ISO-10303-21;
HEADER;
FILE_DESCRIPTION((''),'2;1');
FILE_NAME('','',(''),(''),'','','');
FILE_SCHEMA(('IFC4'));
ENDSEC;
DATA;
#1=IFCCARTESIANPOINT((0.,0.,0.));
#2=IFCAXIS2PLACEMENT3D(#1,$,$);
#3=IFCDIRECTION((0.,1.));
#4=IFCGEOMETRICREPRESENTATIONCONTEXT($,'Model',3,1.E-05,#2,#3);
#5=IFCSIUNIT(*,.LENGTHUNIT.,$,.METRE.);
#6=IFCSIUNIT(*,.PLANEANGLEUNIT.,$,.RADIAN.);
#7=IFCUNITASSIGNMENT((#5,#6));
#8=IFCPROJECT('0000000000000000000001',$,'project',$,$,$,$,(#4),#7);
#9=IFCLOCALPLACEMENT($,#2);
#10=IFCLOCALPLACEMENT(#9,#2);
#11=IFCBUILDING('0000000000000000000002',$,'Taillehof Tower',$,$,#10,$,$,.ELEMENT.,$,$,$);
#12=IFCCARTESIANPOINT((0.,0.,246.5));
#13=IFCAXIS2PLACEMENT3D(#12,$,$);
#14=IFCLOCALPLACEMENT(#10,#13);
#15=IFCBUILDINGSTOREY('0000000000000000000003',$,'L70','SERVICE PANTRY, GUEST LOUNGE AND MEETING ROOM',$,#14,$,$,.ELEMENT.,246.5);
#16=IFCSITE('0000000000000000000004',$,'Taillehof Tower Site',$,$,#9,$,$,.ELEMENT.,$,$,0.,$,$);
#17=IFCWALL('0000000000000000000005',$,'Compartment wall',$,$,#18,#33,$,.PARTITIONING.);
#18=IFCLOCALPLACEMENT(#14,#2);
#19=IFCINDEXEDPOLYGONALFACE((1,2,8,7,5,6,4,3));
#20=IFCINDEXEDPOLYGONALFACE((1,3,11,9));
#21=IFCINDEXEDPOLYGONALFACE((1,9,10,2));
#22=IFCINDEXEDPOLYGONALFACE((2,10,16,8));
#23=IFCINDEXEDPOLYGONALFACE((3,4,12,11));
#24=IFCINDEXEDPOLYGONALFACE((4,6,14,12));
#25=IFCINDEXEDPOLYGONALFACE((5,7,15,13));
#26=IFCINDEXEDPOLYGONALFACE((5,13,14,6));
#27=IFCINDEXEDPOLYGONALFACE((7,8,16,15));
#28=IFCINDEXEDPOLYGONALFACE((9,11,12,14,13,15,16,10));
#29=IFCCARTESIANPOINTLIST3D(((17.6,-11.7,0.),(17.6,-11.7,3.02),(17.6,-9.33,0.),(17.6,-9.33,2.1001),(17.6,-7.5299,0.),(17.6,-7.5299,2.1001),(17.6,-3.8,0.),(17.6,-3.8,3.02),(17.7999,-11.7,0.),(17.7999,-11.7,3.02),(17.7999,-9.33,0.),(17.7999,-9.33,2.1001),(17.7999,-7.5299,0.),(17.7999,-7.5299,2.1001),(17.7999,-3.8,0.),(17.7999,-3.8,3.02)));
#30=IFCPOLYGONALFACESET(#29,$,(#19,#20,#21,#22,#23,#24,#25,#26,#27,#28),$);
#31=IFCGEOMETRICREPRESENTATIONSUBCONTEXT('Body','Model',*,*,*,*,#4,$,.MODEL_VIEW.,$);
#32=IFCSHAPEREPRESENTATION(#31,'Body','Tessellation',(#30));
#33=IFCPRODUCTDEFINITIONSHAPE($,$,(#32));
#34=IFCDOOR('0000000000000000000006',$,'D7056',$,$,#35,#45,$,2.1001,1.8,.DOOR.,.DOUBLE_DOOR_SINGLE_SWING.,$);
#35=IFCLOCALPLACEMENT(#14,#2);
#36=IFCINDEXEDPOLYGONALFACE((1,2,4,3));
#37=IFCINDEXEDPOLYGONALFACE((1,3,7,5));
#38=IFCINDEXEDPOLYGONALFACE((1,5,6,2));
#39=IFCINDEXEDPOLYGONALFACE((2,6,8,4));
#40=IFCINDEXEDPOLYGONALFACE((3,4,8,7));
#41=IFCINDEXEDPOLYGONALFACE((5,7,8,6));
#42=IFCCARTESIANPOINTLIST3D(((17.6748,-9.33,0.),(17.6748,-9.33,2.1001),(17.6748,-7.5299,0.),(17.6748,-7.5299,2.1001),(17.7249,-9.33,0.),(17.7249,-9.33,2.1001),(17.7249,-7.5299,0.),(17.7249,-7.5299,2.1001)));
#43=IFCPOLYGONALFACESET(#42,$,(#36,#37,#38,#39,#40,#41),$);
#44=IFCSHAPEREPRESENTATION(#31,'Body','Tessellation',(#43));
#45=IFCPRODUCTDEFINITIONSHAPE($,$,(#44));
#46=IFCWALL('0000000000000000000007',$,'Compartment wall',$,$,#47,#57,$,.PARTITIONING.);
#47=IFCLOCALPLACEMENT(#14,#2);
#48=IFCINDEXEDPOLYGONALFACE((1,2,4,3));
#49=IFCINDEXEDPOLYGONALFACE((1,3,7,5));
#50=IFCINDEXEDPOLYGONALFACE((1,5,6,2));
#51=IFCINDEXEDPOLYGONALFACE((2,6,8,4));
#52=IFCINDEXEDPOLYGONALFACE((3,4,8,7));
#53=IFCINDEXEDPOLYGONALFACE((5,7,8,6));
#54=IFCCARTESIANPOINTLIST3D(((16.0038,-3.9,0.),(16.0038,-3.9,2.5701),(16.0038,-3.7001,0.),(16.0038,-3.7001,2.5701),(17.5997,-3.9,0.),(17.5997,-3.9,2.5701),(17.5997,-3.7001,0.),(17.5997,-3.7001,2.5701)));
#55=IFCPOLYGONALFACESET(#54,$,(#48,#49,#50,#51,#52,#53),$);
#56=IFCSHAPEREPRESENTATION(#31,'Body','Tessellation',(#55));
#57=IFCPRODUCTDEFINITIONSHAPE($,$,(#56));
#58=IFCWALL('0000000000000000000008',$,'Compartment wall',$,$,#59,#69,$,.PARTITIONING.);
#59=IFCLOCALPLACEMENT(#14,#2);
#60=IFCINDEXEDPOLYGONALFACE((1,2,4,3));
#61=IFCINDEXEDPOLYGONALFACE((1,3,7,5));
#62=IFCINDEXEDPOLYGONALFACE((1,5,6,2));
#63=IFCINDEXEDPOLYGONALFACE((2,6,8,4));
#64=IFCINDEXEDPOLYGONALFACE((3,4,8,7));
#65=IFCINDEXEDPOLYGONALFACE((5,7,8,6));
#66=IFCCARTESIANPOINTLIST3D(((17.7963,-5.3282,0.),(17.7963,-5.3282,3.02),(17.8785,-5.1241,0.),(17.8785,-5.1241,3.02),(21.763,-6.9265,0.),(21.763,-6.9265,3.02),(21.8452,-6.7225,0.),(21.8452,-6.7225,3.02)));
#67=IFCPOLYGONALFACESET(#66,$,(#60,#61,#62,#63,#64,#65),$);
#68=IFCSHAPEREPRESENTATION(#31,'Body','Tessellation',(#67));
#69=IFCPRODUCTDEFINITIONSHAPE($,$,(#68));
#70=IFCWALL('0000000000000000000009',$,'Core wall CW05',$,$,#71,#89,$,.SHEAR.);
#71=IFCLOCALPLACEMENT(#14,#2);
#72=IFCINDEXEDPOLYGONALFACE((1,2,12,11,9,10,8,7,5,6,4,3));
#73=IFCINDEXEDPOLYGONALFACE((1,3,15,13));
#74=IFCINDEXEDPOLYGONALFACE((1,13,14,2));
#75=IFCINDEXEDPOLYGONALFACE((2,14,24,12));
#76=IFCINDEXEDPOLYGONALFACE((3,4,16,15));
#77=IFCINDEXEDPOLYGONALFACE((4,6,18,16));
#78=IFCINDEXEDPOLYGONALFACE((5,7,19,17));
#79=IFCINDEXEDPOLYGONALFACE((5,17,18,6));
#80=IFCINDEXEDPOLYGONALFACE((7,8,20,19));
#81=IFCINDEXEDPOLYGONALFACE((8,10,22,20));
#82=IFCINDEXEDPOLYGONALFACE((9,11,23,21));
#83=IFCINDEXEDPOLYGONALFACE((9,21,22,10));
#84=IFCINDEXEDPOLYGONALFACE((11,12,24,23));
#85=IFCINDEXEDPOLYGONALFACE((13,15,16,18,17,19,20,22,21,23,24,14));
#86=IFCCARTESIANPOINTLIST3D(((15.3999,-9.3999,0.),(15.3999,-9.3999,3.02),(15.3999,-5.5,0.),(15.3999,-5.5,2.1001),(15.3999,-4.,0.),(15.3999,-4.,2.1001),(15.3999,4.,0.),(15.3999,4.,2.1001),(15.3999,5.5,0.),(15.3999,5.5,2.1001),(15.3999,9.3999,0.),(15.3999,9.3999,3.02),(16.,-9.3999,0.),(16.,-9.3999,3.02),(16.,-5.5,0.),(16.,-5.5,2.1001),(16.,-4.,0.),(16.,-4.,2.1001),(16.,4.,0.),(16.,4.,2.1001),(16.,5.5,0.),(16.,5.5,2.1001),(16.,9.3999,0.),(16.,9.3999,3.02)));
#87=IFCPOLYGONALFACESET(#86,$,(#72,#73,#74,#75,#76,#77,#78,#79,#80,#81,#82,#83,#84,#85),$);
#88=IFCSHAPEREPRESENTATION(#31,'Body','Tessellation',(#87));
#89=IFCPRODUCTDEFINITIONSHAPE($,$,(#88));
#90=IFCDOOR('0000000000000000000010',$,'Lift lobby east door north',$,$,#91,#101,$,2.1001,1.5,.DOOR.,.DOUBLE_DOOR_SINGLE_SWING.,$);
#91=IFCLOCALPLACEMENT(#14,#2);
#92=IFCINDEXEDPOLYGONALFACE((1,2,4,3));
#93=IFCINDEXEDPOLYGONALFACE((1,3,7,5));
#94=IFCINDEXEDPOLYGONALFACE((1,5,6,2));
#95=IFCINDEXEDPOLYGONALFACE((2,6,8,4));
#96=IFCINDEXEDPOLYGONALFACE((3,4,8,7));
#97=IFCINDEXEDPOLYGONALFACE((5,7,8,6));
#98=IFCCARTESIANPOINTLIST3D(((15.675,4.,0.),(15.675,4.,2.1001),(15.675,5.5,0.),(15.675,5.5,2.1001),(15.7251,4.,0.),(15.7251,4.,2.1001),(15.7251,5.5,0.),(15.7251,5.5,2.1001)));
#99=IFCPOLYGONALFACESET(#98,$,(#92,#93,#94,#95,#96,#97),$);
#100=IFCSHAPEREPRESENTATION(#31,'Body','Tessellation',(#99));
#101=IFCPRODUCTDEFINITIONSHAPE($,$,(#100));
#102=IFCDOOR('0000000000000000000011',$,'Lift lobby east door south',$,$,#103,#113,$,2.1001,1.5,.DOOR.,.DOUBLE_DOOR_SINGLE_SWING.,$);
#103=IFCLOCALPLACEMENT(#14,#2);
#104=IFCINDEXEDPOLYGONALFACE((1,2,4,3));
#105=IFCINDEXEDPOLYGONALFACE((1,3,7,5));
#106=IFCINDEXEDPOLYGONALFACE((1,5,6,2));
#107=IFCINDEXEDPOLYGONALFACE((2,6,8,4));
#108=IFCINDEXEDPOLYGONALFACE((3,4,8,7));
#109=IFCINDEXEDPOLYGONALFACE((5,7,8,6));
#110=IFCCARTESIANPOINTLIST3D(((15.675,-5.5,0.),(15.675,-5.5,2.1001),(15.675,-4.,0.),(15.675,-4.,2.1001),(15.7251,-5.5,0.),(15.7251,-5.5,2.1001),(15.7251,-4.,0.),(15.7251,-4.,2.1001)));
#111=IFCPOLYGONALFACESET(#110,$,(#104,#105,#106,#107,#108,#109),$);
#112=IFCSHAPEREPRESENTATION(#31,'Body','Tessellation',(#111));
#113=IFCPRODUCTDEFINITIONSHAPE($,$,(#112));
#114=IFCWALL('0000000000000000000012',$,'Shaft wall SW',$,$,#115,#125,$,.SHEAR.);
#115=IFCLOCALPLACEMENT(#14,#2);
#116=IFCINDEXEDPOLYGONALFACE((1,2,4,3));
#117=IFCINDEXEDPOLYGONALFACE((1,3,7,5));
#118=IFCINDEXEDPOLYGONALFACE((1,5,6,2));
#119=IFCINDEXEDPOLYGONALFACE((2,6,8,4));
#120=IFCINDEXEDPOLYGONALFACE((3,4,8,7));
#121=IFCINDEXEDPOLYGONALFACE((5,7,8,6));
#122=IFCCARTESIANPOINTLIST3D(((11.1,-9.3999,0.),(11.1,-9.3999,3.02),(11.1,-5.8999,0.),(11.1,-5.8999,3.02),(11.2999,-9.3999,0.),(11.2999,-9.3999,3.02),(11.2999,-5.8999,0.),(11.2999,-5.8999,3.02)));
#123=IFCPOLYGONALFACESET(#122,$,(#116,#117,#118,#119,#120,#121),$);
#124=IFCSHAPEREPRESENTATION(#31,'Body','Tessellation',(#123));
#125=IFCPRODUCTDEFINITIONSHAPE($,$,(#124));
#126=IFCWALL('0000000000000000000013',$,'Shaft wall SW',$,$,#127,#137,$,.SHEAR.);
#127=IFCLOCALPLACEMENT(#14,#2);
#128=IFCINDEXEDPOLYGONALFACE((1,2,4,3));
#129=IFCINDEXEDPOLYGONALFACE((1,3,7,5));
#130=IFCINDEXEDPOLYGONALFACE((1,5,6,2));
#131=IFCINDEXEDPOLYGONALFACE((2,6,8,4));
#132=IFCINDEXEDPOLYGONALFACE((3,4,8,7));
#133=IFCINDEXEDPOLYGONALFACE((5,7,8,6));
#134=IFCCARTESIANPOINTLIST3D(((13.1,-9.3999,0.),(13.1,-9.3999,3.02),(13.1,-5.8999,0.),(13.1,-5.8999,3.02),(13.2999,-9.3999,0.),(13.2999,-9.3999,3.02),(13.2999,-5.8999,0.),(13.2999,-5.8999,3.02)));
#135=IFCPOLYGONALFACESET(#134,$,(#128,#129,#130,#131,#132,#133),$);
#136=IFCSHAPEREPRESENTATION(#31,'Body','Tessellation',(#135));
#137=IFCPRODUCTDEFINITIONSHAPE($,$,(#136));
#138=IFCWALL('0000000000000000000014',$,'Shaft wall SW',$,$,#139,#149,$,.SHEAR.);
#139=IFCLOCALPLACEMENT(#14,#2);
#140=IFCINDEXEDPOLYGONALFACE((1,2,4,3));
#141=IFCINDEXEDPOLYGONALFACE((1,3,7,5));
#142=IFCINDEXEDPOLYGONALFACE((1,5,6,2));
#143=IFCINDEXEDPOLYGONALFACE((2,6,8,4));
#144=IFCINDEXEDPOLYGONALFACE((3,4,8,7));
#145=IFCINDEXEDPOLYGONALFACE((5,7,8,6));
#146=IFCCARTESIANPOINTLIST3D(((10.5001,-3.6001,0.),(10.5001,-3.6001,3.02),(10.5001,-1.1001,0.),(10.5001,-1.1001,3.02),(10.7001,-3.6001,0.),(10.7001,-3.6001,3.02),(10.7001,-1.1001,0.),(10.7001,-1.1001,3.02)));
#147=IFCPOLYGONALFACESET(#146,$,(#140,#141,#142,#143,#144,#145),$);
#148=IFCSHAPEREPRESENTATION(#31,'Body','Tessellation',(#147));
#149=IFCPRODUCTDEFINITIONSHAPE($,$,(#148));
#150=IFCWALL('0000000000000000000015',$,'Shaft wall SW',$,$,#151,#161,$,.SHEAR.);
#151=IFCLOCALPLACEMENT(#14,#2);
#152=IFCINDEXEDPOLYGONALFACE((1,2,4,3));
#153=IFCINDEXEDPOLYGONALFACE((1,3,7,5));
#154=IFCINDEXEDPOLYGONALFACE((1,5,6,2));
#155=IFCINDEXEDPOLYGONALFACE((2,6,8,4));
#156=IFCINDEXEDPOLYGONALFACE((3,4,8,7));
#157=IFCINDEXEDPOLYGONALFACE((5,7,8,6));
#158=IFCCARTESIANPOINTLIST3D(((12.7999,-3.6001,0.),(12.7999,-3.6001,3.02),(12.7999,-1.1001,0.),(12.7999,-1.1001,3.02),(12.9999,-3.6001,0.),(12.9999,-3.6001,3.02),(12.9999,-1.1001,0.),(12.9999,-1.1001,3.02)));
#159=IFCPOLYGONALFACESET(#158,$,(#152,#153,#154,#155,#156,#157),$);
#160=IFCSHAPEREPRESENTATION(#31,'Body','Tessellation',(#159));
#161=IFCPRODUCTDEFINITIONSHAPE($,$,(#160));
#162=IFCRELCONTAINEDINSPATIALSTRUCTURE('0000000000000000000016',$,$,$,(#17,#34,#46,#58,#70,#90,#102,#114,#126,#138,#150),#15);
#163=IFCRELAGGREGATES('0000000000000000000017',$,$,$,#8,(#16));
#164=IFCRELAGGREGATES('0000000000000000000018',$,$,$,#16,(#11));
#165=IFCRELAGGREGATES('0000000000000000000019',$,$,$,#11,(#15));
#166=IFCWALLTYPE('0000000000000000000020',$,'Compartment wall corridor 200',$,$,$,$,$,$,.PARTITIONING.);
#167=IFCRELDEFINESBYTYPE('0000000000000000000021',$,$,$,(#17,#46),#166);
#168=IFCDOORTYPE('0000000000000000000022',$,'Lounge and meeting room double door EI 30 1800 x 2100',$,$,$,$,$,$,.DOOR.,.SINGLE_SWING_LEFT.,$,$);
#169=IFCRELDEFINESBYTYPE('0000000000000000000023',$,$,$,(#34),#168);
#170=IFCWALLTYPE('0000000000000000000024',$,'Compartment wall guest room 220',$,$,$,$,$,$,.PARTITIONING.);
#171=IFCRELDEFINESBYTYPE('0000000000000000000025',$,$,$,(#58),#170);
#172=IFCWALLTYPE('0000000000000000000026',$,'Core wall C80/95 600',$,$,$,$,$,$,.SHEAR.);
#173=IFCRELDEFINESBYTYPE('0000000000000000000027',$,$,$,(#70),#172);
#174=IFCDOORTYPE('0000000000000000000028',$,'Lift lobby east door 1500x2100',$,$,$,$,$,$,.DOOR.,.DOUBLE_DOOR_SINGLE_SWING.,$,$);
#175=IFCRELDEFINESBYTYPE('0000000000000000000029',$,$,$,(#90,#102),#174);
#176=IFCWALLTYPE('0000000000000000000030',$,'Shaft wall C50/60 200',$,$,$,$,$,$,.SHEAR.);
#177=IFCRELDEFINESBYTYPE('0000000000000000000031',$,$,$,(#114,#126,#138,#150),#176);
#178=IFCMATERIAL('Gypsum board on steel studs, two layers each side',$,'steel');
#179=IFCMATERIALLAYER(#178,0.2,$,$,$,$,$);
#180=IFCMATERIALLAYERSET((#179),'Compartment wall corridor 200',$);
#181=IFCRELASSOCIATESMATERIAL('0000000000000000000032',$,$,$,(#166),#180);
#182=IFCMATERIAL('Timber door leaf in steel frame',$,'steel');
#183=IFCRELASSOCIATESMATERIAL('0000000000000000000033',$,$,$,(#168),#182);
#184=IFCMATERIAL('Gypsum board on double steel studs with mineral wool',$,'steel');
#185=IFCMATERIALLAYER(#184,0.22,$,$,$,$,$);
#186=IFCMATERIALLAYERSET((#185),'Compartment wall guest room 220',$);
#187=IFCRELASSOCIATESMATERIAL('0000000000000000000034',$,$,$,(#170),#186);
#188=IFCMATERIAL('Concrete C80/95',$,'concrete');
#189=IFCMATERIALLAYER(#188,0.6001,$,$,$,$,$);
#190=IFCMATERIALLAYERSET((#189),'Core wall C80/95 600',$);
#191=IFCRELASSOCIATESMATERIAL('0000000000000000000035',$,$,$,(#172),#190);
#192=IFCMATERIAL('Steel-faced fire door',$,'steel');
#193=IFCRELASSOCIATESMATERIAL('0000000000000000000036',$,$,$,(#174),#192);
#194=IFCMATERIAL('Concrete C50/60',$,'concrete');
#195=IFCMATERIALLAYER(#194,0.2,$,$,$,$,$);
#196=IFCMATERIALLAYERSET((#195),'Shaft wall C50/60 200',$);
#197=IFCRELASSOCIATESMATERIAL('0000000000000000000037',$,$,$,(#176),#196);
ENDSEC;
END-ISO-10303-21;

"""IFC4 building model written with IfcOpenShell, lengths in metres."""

from ifc_helpers import new_model, si_unit, direction, frame, frame_2d, origin, place, context, subcontext, project, spatial, rectangle, extrude, material, layer, layer_set, type_object, element, fill, save


model = new_model("IFC4")

# Units and contexts
model_context = context("Model", 3, precision=1e-05, world=origin(), true_north=direction((0.0, 1.0)))
body_context = subcontext(model_context, "Body", "Model", "MODEL_VIEW")
ifc_project = project(units=[si_unit("LENGTHUNIT", "METRE"), si_unit("PLANEANGLEUNIT", "RADIAN")], contexts=[model_context])

# Site, building, storey
site_placement = place(None, origin())
site = spatial("IfcSite", under=ifc_project, at=site_placement, Name="Taillehof Tower Site", CompositionType="ELEMENT", RefElevation=0.0)
building_placement = place(site_placement, origin())
building = spatial("IfcBuilding", under=site, at=building_placement, Name="Taillehof Tower", CompositionType="ELEMENT")
storey_placement = place(building_placement, frame((0.0, 0.0, 246.5)))
storey = spatial("IfcBuildingStorey", under=building, at=storey_placement, Name="L70", Description="SERVICE PANTRY, GUEST LOUNGE AND MEETING ROOM", CompositionType="ELEMENT", Elevation=246.5)

# Wall, opening, door
ifc_material_1 = material(Name="Gypsum board on steel studs, two layers each side", Category="steel")
ifc_layer_1 = layer(ifc_material_1, 0.2)
ifc_layer_set_1 = layer_set([ifc_layer_1], Name="Compartment wall corridor 200")
wall_type_1 = type_object("IfcWallType", Name="Compartment wall corridor 200", PredefinedType="PARTITIONING", material=ifc_layer_set_1)
wall_1_placement = place(storey_placement, frame((17.7, -3.8, 0.0), z_axis=(0.0, 0.0, 1.0), x_axis=(0.0, -1.0, 0.0)))
wall_1 = element("IfcWall", 1, at=wall_1_placement, inside=storey, type_object=wall_type_1, Name="Compartment wall", PredefinedType="PARTITIONING", context=body_context, shape_type="SweptSolid", body=[
    extrude(rectangle(XDim=7.8999, YDim=0.2, at=frame_2d((3.95, 0.0))), origin(), (0.0, 0.0, 1.0), 3.02),
])
opening_1_placement = place(wall_1_placement, frame((3.73, 0.0, 0.0)))
opening_1 = element("IfcOpeningElement", 2, at=opening_1_placement, cuts=wall_1, PredefinedType="OPENING", context=body_context, shape_type="SweptSolid", body=[
    extrude(rectangle(XDim=1.8, YDim=2.1001, at=frame_2d((0.8999, 1.05))), frame((0.0, 0.1099, 0.0), z_axis=(0.0, -1.0, 0.0), x_axis=(1.0, 0.0, 0.0)), (0.0, 0.0, 1.0), 0.22),
])
ifc_material_2 = material(Name="Timber door leaf in steel frame", Category="steel")
door_type_1 = type_object("IfcDoorType", Name="Lounge and meeting room double door EI 30 1800 x 2100", OperationType="SINGLE_SWING_LEFT", PredefinedType="DOOR", material=ifc_material_2)
door_1_placement = place(opening_1_placement, origin())
door_1 = element("IfcDoor", 3, at=door_1_placement, inside=storey, type_object=door_type_1, Name="D7056", OperationType="DOUBLE_DOOR_SINGLE_SWING", OverallHeight=2.1001, OverallWidth=1.8, PredefinedType="DOOR", context=body_context, shape_type="SweptSolid", body=[
    extrude(rectangle(XDim=1.8, YDim=2.1001, at=frame_2d((0.8999, 1.05))), frame((0.0, 0.0249, 0.0), z_axis=(0.0, -1.0, 0.0), x_axis=(1.0, 0.0, 0.0)), (0.0, 0.0, 1.0), 0.05),
])
fill(opening_1, door_1)

# Walls
wall_2_placement = place(storey_placement, frame((16.0039, -3.8, 0.0), z_axis=(0.0, 0.0, 1.0), x_axis=(1.0, 0.0, 0.0)))
element("IfcWall", 4, at=wall_2_placement, inside=storey, type_object=wall_type_1, Name="Compartment wall", PredefinedType="PARTITIONING", context=body_context, shape_type="SweptSolid", body=[
    extrude(rectangle(XDim=1.5959, YDim=0.2, at=frame_2d((0.7979, 0.0))), origin(), (0.0, 0.0, 1.0), 2.5701),
])
ifc_material_3 = material(Name="Gypsum board on double steel studs with mineral wool", Category="steel")
ifc_layer_2 = layer(ifc_material_3, 0.22)
ifc_layer_set_2 = layer_set([ifc_layer_2], Name="Compartment wall guest room 220")
wall_type_2 = type_object("IfcWallType", Name="Compartment wall guest room 220", PredefinedType="PARTITIONING", material=ifc_layer_set_2)
wall_3_placement = place(storey_placement, frame((21.804, -6.8245, 0.0), z_axis=(0.0, 0.0, 1.0), x_axis=(-0.927533, 0.373742, 0.0)))
element("IfcWall", 5, at=wall_3_placement, inside=storey, type_object=wall_type_2, Name="Compartment wall", PredefinedType="PARTITIONING", context=body_context, shape_type="SweptSolid", body=[
    extrude(rectangle(XDim=4.2766, YDim=0.22, at=frame_2d((2.1382, 0.0))), origin(), (0.0, 0.0, 1.0), 3.02),
])

# Wall, openings, doors
ifc_material_4 = material(Name="Concrete C80/95", Category="concrete")
ifc_layer_3 = layer(ifc_material_4, 0.6001)
ifc_layer_set_3 = layer_set([ifc_layer_3], Name="Core wall C80/95 600")
wall_type_3 = type_object("IfcWallType", Name="Core wall C80/95 600", PredefinedType="SHEAR", material=ifc_layer_set_3)
wall_4_placement = place(storey_placement, frame((15.7, -9.3999, 0.0), z_axis=(0.0, 0.0, 1.0), x_axis=(0.0, 1.0, 0.0)))
wall_4 = element("IfcWall", 6, at=wall_4_placement, inside=storey, type_object=wall_type_3, Name="Core wall CW05", PredefinedType="SHEAR", context=body_context, shape_type="SweptSolid", body=[
    extrude(rectangle(XDim=18.7998, YDim=0.6001, at=frame_2d((9.3999, 0.0))), origin(), (0.0, 0.0, 1.0), 3.02),
])
opening_2_placement = place(wall_4_placement, frame((13.3999, 0.0, 0.0)))
opening_2 = element("IfcOpeningElement", 7, at=opening_2_placement, cuts=wall_4, PredefinedType="OPENING", context=body_context, shape_type="SweptSolid", body=[
    extrude(rectangle(XDim=1.5, YDim=2.1001, at=frame_2d((0.75, 1.05))), frame((0.0, 0.3101, 0.0), z_axis=(0.0, -1.0, 0.0), x_axis=(1.0, 0.0, 0.0)), (0.0, 0.0, 1.0), 0.6201),
])
opening_3_placement = place(wall_4_placement, frame((3.8999, 0.0, 0.0)))
opening_3 = element("IfcOpeningElement", 8, at=opening_3_placement, cuts=wall_4, PredefinedType="OPENING", context=body_context, shape_type="SweptSolid", body=[
    extrude(rectangle(XDim=1.5, YDim=2.1001, at=frame_2d((0.75, 1.05))), frame((0.0, 0.3101, 0.0), z_axis=(0.0, -1.0, 0.0), x_axis=(1.0, 0.0, 0.0)), (0.0, 0.0, 1.0), 0.6201),
])
ifc_material_5 = material(Name="Steel-faced fire door", Category="steel")
door_type_2 = type_object("IfcDoorType", Name="Lift lobby east door 1500x2100", OperationType="DOUBLE_DOOR_SINGLE_SWING", PredefinedType="DOOR", material=ifc_material_5)
door_2_placement = place(opening_2_placement, origin())
door_2 = element("IfcDoor", 9, at=door_2_placement, inside=storey, type_object=door_type_2, Name="Lift lobby east door north", OperationType="DOUBLE_DOOR_SINGLE_SWING", OverallHeight=2.1001, OverallWidth=1.5, PredefinedType="DOOR", context=body_context, shape_type="SweptSolid", body=[
    extrude(rectangle(XDim=1.5, YDim=2.1001, at=frame_2d((0.75, 1.05))), frame((0.0, 0.0249, 0.0), z_axis=(0.0, -1.0, 0.0), x_axis=(1.0, 0.0, 0.0)), (0.0, 0.0, 1.0), 0.05),
])
fill(opening_2, door_2)
door_3_placement = place(opening_3_placement, origin())
door_3 = element("IfcDoor", 10, at=door_3_placement, inside=storey, type_object=door_type_2, Name="Lift lobby east door south", OperationType="DOUBLE_DOOR_SINGLE_SWING", OverallHeight=2.1001, OverallWidth=1.5, PredefinedType="DOOR", context=body_context, shape_type="SweptSolid", body=[
    extrude(rectangle(XDim=1.5, YDim=2.1001, at=frame_2d((0.75, 1.05))), frame((0.0, 0.0249, 0.0), z_axis=(0.0, -1.0, 0.0), x_axis=(1.0, 0.0, 0.0)), (0.0, 0.0, 1.0), 0.05),
])
fill(opening_3, door_3)

# Walls
ifc_material_6 = material(Name="Concrete C50/60", Category="concrete")
ifc_layer_4 = layer(ifc_material_6, 0.2)
ifc_layer_set_4 = layer_set([ifc_layer_4], Name="Shaft wall C50/60 200")
wall_type_4 = type_object("IfcWallType", Name="Shaft wall C50/60 200", PredefinedType="SHEAR", material=ifc_layer_set_4)
for number, where, z_axis, x_axis, name in (
    (11, (11.2, -9.3999, 0.0), (0.0, 0.0, 1.0), (0.0, 1.0, 0.0), "Shaft wall SW"),
    (12, (13.2, -9.3999, 0.0), (0.0, 0.0, 1.0), (0.0, 1.0, 0.0), "Shaft wall SW"),
):
    element("IfcWall", number, at=place(storey_placement, frame(where, z_axis=z_axis, x_axis=x_axis)), inside=storey, type_object=wall_type_4, Name=name, PredefinedType="SHEAR", context=body_context, shape_type="SweptSolid", body=[
        extrude(rectangle(XDim=3.5, YDim=0.2, at=frame_2d((1.75, 0.0))), origin(), (0.0, 0.0, 1.0), 3.02),
    ])
for number, where, z_axis, x_axis, name in (
    (13, (10.6001, -3.6001, 0.0), (0.0, 0.0, 1.0), (0.0, 1.0, 0.0), "Shaft wall SW"),
    (14, (12.8999, -3.6001, 0.0), (0.0, 0.0, 1.0), (0.0, 1.0, 0.0), "Shaft wall SW"),
):
    element("IfcWall", number, at=place(storey_placement, frame(where, z_axis=z_axis, x_axis=x_axis)), inside=storey, type_object=wall_type_4, Name=name, PredefinedType="SHEAR", context=body_context, shape_type="SweptSolid", body=[
        extrude(rectangle(XDim=2.5, YDim=0.2, at=frame_2d((1.25, 0.0))), origin(), (0.0, 0.0, 1.0), 3.02),
    ])

save(model, "model.ifc")
